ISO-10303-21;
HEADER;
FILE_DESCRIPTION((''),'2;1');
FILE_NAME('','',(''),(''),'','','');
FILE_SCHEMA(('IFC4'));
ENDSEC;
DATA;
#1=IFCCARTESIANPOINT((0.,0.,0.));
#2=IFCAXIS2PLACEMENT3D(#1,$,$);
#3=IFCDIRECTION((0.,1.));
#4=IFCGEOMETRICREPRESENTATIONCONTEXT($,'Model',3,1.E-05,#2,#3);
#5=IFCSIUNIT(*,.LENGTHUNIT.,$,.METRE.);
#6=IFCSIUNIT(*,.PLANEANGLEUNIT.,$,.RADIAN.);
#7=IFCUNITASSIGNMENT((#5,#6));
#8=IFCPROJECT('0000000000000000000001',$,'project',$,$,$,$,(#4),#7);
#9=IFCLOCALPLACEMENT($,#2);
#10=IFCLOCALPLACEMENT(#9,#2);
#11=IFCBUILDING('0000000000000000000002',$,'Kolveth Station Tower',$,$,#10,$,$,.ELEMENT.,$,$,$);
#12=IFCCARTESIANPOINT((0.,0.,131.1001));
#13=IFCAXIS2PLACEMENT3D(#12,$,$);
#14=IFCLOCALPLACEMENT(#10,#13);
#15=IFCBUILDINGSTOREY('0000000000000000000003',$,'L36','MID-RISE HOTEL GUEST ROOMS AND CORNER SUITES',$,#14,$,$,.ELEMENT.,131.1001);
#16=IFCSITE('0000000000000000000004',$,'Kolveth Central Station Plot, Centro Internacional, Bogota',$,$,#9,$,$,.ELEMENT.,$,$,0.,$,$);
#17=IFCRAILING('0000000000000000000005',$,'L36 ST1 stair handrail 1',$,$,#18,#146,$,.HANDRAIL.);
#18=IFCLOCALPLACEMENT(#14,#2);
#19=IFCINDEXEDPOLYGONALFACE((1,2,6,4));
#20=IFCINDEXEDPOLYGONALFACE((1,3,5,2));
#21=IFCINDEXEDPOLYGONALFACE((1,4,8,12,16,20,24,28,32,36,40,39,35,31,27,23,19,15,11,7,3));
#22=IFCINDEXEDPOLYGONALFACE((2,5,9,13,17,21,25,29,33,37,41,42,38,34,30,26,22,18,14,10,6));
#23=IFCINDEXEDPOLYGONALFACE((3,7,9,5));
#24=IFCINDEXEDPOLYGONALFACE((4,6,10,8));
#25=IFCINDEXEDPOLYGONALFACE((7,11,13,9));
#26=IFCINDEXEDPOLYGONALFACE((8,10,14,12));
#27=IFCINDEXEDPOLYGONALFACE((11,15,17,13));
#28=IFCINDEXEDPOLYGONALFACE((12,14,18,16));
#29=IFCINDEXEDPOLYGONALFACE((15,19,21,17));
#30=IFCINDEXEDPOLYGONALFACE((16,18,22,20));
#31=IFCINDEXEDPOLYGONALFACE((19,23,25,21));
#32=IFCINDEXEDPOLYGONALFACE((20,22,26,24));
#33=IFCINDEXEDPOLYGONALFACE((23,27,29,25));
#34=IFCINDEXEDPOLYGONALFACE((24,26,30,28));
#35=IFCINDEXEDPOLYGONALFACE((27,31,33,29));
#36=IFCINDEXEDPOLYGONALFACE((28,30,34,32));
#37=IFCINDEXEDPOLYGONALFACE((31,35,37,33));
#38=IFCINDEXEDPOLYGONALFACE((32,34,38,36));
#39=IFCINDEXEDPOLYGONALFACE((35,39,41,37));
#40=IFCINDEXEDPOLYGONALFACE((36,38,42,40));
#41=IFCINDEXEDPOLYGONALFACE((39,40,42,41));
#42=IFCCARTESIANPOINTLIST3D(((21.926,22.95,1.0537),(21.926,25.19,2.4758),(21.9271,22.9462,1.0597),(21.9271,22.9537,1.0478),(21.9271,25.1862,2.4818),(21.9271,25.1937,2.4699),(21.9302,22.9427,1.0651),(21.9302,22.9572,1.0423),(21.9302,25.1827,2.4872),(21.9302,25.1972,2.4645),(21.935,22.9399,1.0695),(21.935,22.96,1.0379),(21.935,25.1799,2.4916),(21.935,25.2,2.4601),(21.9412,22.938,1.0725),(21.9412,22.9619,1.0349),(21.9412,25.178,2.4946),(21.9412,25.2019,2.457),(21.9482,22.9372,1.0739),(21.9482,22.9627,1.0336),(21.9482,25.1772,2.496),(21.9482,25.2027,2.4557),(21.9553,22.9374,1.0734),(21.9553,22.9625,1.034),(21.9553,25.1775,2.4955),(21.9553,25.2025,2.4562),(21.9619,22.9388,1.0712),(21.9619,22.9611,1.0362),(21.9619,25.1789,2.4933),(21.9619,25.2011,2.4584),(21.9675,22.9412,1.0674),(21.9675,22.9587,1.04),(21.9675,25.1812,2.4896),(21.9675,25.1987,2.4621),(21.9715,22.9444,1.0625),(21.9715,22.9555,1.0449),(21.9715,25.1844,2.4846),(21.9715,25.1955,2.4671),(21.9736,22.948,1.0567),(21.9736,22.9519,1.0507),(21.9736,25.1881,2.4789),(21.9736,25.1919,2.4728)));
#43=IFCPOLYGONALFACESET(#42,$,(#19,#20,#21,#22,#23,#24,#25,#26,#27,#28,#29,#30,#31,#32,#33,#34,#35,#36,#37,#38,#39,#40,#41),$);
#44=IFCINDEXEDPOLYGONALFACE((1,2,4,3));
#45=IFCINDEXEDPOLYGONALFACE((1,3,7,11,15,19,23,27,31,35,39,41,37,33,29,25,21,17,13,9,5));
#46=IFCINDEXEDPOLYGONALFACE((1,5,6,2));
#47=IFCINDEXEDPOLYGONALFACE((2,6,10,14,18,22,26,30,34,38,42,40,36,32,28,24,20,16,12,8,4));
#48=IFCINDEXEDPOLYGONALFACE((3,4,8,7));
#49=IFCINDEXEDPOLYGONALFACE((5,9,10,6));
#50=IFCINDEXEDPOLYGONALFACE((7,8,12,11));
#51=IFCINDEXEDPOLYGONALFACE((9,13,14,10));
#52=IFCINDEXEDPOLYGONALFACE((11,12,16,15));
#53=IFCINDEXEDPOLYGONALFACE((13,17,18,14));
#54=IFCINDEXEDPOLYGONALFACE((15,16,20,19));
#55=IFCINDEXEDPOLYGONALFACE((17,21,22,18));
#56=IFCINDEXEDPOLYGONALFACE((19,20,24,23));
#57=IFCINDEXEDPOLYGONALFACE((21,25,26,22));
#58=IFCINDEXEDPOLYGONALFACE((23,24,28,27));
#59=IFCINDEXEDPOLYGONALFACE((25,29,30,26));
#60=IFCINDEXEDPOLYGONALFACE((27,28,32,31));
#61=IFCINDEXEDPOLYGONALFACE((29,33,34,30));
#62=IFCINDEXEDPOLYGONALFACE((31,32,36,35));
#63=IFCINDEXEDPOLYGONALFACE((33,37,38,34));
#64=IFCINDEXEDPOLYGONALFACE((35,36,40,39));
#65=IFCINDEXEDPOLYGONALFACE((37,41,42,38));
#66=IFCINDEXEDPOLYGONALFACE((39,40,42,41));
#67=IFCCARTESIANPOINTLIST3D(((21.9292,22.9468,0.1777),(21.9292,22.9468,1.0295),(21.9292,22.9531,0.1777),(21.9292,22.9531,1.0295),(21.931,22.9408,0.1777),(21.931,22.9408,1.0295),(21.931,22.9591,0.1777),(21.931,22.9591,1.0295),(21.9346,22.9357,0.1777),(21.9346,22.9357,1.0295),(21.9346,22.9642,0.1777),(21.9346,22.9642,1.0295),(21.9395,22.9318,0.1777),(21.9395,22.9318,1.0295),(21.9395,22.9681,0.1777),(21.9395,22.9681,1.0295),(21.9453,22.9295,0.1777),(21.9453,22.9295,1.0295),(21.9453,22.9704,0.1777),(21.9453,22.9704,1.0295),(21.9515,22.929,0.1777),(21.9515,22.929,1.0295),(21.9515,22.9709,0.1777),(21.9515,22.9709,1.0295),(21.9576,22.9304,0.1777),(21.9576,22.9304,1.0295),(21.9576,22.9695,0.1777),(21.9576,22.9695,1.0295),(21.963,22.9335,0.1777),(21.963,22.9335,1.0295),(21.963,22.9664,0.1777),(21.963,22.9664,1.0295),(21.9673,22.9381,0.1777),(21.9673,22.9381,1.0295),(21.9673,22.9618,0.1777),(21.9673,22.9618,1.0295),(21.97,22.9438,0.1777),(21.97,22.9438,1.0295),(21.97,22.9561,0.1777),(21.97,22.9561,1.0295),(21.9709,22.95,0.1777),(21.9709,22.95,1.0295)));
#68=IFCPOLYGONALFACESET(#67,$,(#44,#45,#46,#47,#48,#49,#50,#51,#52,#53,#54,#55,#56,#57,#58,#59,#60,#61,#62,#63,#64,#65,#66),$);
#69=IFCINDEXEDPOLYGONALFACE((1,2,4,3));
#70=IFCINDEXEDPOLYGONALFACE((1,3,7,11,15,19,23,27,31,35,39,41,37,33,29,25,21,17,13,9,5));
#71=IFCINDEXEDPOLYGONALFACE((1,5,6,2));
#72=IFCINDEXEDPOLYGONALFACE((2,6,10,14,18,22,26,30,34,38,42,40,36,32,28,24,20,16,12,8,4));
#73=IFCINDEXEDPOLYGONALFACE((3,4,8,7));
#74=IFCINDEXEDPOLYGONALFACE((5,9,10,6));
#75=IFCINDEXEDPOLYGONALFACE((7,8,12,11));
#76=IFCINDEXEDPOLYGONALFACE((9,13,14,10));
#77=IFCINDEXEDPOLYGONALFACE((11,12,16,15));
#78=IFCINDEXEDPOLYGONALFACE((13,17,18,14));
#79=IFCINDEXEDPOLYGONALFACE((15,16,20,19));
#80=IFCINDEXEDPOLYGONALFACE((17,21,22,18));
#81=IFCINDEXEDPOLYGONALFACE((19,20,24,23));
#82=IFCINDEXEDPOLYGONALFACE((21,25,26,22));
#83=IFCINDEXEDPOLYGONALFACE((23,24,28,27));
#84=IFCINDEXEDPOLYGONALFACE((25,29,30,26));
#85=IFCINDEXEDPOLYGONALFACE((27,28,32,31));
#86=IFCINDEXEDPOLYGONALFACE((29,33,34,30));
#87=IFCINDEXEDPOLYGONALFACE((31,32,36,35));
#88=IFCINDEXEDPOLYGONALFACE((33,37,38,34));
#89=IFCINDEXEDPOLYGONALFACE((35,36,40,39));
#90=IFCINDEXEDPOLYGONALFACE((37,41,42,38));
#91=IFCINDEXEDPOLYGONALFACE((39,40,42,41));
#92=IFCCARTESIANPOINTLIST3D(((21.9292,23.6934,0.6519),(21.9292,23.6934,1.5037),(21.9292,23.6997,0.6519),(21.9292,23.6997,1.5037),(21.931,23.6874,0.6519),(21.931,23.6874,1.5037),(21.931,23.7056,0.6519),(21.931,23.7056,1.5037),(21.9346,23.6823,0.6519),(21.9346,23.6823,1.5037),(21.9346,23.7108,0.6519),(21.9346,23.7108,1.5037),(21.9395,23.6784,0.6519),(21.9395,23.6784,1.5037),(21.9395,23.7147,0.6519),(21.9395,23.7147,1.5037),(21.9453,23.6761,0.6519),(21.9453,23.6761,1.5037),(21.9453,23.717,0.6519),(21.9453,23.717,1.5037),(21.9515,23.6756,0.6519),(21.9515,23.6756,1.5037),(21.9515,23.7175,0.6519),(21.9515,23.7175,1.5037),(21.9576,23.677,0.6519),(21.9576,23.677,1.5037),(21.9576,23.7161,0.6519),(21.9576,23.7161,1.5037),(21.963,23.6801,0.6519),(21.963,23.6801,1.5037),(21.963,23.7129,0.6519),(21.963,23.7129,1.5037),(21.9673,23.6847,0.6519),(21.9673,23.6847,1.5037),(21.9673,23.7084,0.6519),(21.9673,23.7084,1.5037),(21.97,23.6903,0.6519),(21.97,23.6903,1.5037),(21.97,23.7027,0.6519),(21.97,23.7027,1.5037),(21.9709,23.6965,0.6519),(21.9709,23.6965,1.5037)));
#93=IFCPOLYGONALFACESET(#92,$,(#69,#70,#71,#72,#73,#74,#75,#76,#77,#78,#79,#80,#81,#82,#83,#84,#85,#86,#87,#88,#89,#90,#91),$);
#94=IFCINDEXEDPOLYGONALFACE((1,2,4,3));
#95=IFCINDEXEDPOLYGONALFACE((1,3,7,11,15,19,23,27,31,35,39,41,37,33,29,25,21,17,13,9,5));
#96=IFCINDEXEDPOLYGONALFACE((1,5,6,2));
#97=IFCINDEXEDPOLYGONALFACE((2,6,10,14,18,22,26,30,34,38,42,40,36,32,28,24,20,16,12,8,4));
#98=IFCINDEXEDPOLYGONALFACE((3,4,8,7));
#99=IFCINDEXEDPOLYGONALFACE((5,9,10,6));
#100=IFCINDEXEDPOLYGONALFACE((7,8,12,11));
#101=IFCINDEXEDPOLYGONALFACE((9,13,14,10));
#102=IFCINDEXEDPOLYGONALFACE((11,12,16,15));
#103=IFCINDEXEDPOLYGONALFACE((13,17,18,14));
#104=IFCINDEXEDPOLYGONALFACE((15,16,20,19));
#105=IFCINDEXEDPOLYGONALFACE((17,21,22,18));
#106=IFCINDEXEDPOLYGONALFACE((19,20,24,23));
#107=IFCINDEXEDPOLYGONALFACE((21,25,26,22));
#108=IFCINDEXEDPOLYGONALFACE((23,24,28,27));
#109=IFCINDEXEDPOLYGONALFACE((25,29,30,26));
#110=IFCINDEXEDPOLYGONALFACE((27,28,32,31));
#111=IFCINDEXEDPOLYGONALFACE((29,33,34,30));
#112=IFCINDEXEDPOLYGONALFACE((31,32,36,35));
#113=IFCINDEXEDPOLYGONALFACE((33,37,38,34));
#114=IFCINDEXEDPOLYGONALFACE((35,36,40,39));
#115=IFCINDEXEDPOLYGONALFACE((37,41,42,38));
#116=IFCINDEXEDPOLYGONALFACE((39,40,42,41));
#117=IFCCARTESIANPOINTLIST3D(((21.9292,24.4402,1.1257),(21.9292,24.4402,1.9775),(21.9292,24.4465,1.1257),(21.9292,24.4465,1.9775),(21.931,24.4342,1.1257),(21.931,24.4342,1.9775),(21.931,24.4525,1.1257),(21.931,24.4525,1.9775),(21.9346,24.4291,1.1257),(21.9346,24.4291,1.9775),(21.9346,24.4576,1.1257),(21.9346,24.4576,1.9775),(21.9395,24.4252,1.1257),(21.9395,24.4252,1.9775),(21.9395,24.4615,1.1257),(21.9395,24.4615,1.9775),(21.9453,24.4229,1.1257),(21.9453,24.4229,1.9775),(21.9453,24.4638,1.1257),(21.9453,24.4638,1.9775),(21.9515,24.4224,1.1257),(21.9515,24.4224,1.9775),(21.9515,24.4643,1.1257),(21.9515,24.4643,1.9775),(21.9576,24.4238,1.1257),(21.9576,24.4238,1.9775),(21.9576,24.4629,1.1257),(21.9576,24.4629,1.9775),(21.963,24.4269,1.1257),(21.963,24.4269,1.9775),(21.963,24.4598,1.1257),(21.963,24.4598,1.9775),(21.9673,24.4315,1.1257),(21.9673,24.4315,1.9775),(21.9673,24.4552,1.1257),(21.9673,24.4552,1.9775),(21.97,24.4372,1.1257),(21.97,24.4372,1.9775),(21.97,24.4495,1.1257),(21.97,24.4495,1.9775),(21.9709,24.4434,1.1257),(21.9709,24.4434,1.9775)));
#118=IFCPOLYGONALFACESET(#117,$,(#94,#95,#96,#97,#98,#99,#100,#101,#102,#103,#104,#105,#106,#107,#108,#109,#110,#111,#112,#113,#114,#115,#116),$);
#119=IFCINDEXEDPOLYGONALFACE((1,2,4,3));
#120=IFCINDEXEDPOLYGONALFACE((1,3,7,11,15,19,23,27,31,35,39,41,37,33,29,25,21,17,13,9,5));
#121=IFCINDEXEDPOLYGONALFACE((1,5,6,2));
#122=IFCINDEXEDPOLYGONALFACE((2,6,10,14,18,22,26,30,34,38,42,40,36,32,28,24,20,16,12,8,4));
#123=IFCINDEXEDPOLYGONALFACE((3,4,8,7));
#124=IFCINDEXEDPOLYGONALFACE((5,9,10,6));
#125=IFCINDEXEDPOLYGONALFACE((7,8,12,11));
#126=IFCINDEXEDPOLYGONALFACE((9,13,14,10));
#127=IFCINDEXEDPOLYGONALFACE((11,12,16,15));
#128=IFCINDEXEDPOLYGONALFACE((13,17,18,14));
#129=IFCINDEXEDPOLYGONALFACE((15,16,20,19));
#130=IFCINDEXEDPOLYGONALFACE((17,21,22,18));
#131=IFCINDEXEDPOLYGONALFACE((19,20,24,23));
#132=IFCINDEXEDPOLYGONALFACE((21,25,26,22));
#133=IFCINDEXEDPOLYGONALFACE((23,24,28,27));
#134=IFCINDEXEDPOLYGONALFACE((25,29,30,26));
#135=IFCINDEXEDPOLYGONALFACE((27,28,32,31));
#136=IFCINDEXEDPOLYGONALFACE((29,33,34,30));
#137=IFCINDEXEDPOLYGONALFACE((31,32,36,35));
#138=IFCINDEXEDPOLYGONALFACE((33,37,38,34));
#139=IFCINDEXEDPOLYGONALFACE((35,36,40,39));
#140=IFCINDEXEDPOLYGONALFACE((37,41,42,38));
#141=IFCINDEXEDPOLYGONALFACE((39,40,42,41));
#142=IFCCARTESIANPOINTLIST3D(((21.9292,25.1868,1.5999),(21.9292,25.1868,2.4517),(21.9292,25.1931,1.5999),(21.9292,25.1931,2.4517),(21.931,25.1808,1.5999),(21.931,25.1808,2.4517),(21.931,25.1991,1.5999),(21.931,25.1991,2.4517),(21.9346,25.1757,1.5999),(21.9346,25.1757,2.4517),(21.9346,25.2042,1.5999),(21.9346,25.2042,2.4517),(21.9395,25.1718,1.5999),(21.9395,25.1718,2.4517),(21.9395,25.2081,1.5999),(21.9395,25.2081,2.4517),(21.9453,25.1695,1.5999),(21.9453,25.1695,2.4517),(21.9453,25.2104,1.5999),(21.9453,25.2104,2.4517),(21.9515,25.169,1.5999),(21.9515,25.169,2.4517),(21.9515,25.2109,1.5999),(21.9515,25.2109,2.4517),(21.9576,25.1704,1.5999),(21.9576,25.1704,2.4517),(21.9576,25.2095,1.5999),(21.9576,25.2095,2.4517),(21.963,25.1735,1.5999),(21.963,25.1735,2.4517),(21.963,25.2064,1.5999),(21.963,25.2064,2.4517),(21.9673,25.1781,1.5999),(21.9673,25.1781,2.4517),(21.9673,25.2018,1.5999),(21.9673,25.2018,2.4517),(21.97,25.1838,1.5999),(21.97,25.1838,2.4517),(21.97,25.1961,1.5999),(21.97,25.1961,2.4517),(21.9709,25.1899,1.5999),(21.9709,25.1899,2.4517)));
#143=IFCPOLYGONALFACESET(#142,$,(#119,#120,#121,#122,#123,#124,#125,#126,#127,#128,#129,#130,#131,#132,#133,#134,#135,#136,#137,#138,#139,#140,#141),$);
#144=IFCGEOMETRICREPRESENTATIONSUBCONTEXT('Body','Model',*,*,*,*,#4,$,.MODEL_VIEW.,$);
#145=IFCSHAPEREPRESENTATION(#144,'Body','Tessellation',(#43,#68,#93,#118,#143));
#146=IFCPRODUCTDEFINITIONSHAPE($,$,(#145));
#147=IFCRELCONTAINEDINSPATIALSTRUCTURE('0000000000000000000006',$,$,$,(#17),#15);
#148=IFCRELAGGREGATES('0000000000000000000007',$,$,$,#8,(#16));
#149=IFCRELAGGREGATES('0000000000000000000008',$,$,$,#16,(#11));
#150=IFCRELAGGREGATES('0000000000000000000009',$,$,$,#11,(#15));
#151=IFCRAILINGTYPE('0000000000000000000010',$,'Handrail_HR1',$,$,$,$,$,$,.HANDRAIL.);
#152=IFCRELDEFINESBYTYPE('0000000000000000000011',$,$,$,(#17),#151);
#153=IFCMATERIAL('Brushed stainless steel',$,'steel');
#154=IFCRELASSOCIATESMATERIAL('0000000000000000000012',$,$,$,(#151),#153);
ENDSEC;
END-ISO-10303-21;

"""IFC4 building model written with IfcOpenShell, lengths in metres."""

from ifc_helpers import new_model, si_unit, direction, frame, origin, origin_2d, place, context, subcontext, project, spatial, circle, extrude, material, type_object, element, save


model = new_model("IFC4")

# Units and contexts
model_context = context("Model", 3, precision=1e-05, world=origin(), true_north=direction((0.0, 1.0)))
body_context = subcontext(model_context, "Body", "Model", "MODEL_VIEW")
ifc_project = project(units=[si_unit("LENGTHUNIT", "METRE"), si_unit("PLANEANGLEUNIT", "RADIAN")], contexts=[model_context])

# Site, building, storey
site_placement = place(None, origin())
site = spatial("IfcSite", under=ifc_project, at=site_placement, Name="Kolveth Central Station Plot, Centro Internacional, Bogota", CompositionType="ELEMENT", RefElevation=0.0)
building_placement = place(site_placement, origin())
building = spatial("IfcBuilding", under=site, at=building_placement, Name="Kolveth Station Tower", CompositionType="ELEMENT")
storey_placement = place(building_placement, frame((0.0, 0.0, 131.1001)))
storey = spatial("IfcBuildingStorey", under=building, at=storey_placement, Name="L36", Description="MID-RISE HOTEL GUEST ROOMS AND CORNER SUITES", CompositionType="ELEMENT", Elevation=131.1001)

# Railing
ifc_material_1 = material(Name="Brushed stainless steel", Category="steel")
railing_type_1 = type_object("IfcRailingType", Name="Handrail_HR1", PredefinedType="HANDRAIL", material=ifc_material_1)
railing_1_placement = place(storey_placement, frame((21.95, 22.95, 0.1777)))
element("IfcRailing", 1, at=railing_1_placement, inside=storey, type_object=railing_type_1, Name="L36 ST1 stair handrail 1", PredefinedType="HANDRAIL", context=body_context, shape_type="SweptSolid", body=[
    extrude(circle(Radius=0.0239, at=origin_2d()), frame((0.0, 0.0, 0.876), z_axis=(0.0, 0.844229, 0.535982), x_axis=(-1.0, 0.0, 0.0)), (0.0, 0.0, 1.0), 2.6533),
    extrude(circle(Radius=0.021, at=origin_2d()), origin(), (0.0, 0.0, 1.0), 0.8518),
    extrude(circle(Radius=0.021, at=origin_2d()), frame((0.0, 0.7466, 0.4741)), (0.0, 0.0, 1.0), 0.8518),
    extrude(circle(Radius=0.021, at=origin_2d()), frame((0.0, 1.4934, 0.948)), (0.0, 0.0, 1.0), 0.8518),
    extrude(circle(Radius=0.021, at=origin_2d()), frame((0.0, 2.24, 1.4221)), (0.0, 0.0, 1.0), 0.8518),
])

save(model, "model.ifc")
